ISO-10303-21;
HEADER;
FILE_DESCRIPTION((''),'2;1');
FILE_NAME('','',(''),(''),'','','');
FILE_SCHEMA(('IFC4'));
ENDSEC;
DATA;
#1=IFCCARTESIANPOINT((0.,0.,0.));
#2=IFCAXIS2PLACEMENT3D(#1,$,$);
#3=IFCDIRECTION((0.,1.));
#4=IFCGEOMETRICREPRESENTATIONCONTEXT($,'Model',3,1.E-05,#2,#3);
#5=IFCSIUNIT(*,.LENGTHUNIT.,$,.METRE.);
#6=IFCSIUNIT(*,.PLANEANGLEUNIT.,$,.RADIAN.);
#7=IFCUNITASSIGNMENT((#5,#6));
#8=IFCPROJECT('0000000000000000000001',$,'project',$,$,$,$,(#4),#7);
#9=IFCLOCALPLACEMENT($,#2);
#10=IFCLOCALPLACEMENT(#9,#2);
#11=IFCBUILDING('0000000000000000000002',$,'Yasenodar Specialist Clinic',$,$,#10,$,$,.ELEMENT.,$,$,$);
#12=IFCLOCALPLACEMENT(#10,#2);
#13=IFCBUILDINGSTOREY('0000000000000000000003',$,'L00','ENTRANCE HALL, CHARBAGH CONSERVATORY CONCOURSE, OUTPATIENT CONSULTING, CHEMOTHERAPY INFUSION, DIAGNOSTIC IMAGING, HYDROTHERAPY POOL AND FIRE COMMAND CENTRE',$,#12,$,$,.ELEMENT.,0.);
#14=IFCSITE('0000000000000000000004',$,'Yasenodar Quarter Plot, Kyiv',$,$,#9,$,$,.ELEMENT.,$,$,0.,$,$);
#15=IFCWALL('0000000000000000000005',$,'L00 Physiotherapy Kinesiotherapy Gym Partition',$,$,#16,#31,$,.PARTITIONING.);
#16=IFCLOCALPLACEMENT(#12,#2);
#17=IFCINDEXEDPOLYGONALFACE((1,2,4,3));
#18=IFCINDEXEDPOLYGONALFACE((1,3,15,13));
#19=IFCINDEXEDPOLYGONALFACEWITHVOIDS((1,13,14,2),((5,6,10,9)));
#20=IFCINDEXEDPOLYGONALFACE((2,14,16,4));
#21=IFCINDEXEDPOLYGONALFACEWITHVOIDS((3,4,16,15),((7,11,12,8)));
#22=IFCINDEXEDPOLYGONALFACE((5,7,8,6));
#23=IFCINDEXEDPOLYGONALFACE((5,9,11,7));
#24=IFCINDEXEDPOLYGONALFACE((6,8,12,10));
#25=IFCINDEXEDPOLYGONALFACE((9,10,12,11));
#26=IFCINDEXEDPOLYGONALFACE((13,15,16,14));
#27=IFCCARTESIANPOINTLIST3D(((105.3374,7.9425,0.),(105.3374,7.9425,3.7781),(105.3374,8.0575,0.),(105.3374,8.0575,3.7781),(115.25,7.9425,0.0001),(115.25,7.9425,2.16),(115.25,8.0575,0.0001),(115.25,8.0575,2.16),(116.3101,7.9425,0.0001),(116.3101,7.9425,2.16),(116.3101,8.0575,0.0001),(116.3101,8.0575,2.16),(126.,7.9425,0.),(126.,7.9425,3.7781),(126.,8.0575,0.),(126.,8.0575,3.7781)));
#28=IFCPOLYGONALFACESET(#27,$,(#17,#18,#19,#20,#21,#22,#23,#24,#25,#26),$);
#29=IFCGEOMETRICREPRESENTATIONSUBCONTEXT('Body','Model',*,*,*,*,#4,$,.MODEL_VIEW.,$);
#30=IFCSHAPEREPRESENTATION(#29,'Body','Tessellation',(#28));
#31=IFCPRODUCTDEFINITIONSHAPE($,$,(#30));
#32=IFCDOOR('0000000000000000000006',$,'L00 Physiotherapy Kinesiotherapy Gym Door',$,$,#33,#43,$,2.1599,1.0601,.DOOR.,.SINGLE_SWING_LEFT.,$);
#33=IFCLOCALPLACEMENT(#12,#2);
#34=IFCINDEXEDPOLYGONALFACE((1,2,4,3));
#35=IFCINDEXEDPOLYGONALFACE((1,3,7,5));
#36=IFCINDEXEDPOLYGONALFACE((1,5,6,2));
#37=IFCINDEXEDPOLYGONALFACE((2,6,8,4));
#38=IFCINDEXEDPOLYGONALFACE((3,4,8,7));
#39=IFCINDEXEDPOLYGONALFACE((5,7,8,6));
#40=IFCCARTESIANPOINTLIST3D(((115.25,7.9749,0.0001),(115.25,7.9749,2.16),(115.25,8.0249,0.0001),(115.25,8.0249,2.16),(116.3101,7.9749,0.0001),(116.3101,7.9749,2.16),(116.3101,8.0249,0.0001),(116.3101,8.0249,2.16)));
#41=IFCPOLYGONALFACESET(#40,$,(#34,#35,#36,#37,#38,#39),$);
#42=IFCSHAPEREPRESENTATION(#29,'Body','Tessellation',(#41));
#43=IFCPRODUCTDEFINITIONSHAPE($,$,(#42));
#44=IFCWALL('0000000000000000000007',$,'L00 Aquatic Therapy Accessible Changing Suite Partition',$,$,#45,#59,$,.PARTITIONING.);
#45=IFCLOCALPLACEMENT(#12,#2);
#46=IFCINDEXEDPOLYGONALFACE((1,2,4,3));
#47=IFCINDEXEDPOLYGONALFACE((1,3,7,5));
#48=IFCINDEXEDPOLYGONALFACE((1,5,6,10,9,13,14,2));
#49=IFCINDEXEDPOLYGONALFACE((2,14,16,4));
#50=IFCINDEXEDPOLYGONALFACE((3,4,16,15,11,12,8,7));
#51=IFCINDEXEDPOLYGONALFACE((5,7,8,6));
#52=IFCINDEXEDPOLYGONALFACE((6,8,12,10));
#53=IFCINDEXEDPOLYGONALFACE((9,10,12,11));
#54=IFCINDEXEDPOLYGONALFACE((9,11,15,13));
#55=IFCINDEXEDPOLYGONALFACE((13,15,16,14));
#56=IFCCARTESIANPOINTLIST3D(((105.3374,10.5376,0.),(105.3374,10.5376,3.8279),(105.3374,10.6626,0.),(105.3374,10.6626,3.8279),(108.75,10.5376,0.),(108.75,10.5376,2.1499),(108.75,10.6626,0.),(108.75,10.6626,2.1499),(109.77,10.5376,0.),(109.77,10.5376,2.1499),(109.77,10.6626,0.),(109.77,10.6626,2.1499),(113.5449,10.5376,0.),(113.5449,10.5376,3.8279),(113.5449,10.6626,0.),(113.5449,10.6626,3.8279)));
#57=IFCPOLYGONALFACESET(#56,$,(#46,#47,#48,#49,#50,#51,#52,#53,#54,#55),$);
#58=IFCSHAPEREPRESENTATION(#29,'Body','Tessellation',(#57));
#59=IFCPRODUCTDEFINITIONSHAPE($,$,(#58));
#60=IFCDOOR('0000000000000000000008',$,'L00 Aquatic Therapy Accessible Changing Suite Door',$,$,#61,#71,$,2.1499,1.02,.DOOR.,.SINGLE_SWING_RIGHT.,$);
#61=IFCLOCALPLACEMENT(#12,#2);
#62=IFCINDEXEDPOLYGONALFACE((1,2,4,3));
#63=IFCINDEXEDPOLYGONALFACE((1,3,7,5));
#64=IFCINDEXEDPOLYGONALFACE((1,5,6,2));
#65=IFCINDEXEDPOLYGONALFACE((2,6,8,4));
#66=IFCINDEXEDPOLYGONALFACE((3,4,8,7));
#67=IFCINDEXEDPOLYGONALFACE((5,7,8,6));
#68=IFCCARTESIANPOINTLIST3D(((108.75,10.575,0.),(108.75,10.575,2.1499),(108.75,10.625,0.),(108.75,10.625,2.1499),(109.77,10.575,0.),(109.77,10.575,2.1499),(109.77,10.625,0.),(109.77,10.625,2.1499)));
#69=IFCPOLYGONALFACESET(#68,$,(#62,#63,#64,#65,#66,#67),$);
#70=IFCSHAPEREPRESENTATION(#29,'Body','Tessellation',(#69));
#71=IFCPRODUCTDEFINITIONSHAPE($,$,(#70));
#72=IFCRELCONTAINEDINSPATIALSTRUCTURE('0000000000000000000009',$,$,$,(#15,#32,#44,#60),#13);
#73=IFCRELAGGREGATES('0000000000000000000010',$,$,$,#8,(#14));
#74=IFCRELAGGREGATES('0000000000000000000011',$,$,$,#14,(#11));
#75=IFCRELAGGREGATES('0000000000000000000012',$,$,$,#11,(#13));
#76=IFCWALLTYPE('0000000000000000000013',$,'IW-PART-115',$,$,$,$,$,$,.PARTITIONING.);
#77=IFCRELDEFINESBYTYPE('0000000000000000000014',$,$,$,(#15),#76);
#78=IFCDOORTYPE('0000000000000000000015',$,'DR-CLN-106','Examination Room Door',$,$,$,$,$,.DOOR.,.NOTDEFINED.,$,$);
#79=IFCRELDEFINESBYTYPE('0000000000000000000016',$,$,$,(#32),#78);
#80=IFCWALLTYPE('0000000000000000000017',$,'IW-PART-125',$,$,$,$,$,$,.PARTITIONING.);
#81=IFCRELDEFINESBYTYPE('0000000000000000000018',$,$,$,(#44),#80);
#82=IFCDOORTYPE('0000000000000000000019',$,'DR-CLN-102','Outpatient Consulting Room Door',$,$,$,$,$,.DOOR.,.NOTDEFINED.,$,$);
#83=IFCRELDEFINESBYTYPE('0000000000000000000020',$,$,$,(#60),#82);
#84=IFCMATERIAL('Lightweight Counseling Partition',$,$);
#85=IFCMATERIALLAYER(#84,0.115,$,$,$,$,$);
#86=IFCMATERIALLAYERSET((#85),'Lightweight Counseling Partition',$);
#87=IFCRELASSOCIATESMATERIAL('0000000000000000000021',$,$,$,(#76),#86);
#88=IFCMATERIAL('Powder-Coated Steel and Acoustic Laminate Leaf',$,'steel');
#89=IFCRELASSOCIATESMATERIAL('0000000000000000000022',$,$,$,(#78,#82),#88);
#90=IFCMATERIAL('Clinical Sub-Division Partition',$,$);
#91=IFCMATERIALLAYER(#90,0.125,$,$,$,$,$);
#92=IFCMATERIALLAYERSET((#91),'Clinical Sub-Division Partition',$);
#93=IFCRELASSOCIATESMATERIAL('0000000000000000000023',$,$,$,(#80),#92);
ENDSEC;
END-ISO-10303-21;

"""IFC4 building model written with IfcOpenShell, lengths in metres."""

from ifc_helpers import new_model, si_unit, direction, frame, frame_2d, origin, place, context, subcontext, project, spatial, rectangle, extrude, material, layer, layer_set, type_object, element, fill, save


model = new_model("IFC4")

# Units and contexts
model_context = context("Model", 3, precision=1e-05, world=origin(), true_north=direction((0.0, 1.0)))
body_context = subcontext(model_context, "Body", "Model", "MODEL_VIEW")
ifc_project = project(units=[si_unit("LENGTHUNIT", "METRE"), si_unit("PLANEANGLEUNIT", "RADIAN")], contexts=[model_context])

# Site, building, storey
site_placement = place(None, origin())
site = spatial("IfcSite", under=ifc_project, at=site_placement, Name="Yasenodar Quarter Plot, Kyiv", CompositionType="ELEMENT", RefElevation=0.0)
building_placement = place(site_placement, origin())
building = spatial("IfcBuilding", under=site, at=building_placement, Name="Yasenodar Specialist Clinic", CompositionType="ELEMENT")
storey_placement = place(building_placement, origin())
storey = spatial("IfcBuildingStorey", under=building, at=storey_placement, Name="L00", Description="ENTRANCE HALL, CHARBAGH CONSERVATORY CONCOURSE, OUTPATIENT CONSULTING, CHEMOTHERAPY INFUSION, DIAGNOSTIC IMAGING, HYDROTHERAPY POOL AND FIRE COMMAND CENTRE", CompositionType="ELEMENT", Elevation=0.0)

# Walls, openings, doors
ifc_material_1 = material(Name="Lightweight Counseling Partition")
ifc_layer_1 = layer(ifc_material_1, 0.115)
ifc_layer_set_1 = layer_set([ifc_layer_1], Name="Lightweight Counseling Partition")
wall_type_1 = type_object("IfcWallType", Name="IW-PART-115", PredefinedType="PARTITIONING", material=ifc_layer_set_1)
wall_1_placement = place(storey_placement, frame((105.3374, 8.0, 0.0), z_axis=(0.0, 0.0, 1.0), x_axis=(1.0, 0.0, 0.0)))
wall_1 = element("IfcWall", 1, at=wall_1_placement, inside=storey, type_object=wall_type_1, Name="L00 Physiotherapy Kinesiotherapy Gym Partition", PredefinedType="PARTITIONING", context=body_context, shape_type="SweptSolid", body=[
    extrude(rectangle(XDim=20.6626, YDim=0.115, at=frame_2d((10.3313, 0.0))), origin(), (0.0, 0.0, 1.0), 3.7781),
])
opening_1_placement = place(wall_1_placement, frame((9.9126, 0.0, 0.0)))
opening_1 = element("IfcOpeningElement", 2, at=opening_1_placement, cuts=wall_1, PredefinedType="OPENING", context=body_context, shape_type="SweptSolid", body=[
    extrude(rectangle(XDim=1.0601, YDim=2.1599, at=frame_2d((0.53, 1.0801))), frame((0.0, 0.0674, 0.0), z_axis=(0.0, -1.0, 0.0), x_axis=(1.0, 0.0, 0.0)), (0.0, 0.0, 1.0), 0.135),
])
ifc_material_2 = material(Name="Powder-Coated Steel and Acoustic Laminate Leaf", Category="steel")
door_type_1 = type_object("IfcDoorType", Name="DR-CLN-106", Description="Examination Room Door", OperationType="NOTDEFINED", PredefinedType="DOOR", material=ifc_material_2)
door_1_placement = place(opening_1_placement, origin())
door_1 = element("IfcDoor", 3, at=door_1_placement, inside=storey, type_object=door_type_1, Name="L00 Physiotherapy Kinesiotherapy Gym Door", OperationType="SINGLE_SWING_LEFT", OverallHeight=2.1599, OverallWidth=1.0601, PredefinedType="DOOR", context=body_context, shape_type="SweptSolid", body=[
    extrude(rectangle(XDim=1.0601, YDim=2.1599, at=frame_2d((0.53, 1.0801))), frame((0.0, 0.0249, 0.0), z_axis=(0.0, -1.0, 0.0), x_axis=(1.0, 0.0, 0.0)), (0.0, 0.0, 1.0), 0.05),
])
fill(opening_1, door_1)
ifc_material_3 = material(Name="Clinical Sub-Division Partition")
ifc_layer_2 = layer(ifc_material_3, 0.125)
ifc_layer_set_2 = layer_set([ifc_layer_2], Name="Clinical Sub-Division Partition")
wall_type_2 = type_object("IfcWallType", Name="IW-PART-125", PredefinedType="PARTITIONING", material=ifc_layer_set_2)
wall_2_placement = place(storey_placement, frame((105.3374, 10.6001, 0.0), z_axis=(0.0, 0.0, 1.0), x_axis=(1.0, 0.0, 0.0)))
wall_2 = element("IfcWall", 4, at=wall_2_placement, inside=storey, type_object=wall_type_2, Name="L00 Aquatic Therapy Accessible Changing Suite Partition", PredefinedType="PARTITIONING", context=body_context, shape_type="SweptSolid", body=[
    extrude(rectangle(XDim=8.2075, YDim=0.125, at=frame_2d((4.1038, 0.0))), origin(), (0.0, 0.0, 1.0), 3.8279),
])
opening_2_placement = place(wall_2_placement, frame((3.4126, 0.0, 0.0)))
opening_2 = element("IfcOpeningElement", 5, at=opening_2_placement, cuts=wall_2, PredefinedType="OPENING", context=body_context, shape_type="SweptSolid", body=[
    extrude(rectangle(XDim=1.02, YDim=2.1499, at=frame_2d((0.51, 1.075))), frame((0.0, 0.0725, 0.0), z_axis=(0.0, -1.0, 0.0), x_axis=(1.0, 0.0, 0.0)), (0.0, 0.0, 1.0), 0.145),
])
door_type_2 = type_object("IfcDoorType", Name="DR-CLN-102", Description="Outpatient Consulting Room Door", OperationType="NOTDEFINED", PredefinedType="DOOR", material=ifc_material_2)
door_2_placement = place(opening_2_placement, origin())
door_2 = element("IfcDoor", 6, at=door_2_placement, inside=storey, type_object=door_type_2, Name="L00 Aquatic Therapy Accessible Changing Suite Door", OperationType="SINGLE_SWING_RIGHT", OverallHeight=2.1499, OverallWidth=1.02, PredefinedType="DOOR", context=body_context, shape_type="SweptSolid", body=[
    extrude(rectangle(XDim=1.02, YDim=2.1499, at=frame_2d((0.51, 1.075))), frame((0.0, 0.0249, 0.0), z_axis=(0.0, -1.0, 0.0), x_axis=(1.0, 0.0, 0.0)), (0.0, 0.0, 1.0), 0.05),
])
fill(opening_2, door_2)

save(model, "model.ifc")
